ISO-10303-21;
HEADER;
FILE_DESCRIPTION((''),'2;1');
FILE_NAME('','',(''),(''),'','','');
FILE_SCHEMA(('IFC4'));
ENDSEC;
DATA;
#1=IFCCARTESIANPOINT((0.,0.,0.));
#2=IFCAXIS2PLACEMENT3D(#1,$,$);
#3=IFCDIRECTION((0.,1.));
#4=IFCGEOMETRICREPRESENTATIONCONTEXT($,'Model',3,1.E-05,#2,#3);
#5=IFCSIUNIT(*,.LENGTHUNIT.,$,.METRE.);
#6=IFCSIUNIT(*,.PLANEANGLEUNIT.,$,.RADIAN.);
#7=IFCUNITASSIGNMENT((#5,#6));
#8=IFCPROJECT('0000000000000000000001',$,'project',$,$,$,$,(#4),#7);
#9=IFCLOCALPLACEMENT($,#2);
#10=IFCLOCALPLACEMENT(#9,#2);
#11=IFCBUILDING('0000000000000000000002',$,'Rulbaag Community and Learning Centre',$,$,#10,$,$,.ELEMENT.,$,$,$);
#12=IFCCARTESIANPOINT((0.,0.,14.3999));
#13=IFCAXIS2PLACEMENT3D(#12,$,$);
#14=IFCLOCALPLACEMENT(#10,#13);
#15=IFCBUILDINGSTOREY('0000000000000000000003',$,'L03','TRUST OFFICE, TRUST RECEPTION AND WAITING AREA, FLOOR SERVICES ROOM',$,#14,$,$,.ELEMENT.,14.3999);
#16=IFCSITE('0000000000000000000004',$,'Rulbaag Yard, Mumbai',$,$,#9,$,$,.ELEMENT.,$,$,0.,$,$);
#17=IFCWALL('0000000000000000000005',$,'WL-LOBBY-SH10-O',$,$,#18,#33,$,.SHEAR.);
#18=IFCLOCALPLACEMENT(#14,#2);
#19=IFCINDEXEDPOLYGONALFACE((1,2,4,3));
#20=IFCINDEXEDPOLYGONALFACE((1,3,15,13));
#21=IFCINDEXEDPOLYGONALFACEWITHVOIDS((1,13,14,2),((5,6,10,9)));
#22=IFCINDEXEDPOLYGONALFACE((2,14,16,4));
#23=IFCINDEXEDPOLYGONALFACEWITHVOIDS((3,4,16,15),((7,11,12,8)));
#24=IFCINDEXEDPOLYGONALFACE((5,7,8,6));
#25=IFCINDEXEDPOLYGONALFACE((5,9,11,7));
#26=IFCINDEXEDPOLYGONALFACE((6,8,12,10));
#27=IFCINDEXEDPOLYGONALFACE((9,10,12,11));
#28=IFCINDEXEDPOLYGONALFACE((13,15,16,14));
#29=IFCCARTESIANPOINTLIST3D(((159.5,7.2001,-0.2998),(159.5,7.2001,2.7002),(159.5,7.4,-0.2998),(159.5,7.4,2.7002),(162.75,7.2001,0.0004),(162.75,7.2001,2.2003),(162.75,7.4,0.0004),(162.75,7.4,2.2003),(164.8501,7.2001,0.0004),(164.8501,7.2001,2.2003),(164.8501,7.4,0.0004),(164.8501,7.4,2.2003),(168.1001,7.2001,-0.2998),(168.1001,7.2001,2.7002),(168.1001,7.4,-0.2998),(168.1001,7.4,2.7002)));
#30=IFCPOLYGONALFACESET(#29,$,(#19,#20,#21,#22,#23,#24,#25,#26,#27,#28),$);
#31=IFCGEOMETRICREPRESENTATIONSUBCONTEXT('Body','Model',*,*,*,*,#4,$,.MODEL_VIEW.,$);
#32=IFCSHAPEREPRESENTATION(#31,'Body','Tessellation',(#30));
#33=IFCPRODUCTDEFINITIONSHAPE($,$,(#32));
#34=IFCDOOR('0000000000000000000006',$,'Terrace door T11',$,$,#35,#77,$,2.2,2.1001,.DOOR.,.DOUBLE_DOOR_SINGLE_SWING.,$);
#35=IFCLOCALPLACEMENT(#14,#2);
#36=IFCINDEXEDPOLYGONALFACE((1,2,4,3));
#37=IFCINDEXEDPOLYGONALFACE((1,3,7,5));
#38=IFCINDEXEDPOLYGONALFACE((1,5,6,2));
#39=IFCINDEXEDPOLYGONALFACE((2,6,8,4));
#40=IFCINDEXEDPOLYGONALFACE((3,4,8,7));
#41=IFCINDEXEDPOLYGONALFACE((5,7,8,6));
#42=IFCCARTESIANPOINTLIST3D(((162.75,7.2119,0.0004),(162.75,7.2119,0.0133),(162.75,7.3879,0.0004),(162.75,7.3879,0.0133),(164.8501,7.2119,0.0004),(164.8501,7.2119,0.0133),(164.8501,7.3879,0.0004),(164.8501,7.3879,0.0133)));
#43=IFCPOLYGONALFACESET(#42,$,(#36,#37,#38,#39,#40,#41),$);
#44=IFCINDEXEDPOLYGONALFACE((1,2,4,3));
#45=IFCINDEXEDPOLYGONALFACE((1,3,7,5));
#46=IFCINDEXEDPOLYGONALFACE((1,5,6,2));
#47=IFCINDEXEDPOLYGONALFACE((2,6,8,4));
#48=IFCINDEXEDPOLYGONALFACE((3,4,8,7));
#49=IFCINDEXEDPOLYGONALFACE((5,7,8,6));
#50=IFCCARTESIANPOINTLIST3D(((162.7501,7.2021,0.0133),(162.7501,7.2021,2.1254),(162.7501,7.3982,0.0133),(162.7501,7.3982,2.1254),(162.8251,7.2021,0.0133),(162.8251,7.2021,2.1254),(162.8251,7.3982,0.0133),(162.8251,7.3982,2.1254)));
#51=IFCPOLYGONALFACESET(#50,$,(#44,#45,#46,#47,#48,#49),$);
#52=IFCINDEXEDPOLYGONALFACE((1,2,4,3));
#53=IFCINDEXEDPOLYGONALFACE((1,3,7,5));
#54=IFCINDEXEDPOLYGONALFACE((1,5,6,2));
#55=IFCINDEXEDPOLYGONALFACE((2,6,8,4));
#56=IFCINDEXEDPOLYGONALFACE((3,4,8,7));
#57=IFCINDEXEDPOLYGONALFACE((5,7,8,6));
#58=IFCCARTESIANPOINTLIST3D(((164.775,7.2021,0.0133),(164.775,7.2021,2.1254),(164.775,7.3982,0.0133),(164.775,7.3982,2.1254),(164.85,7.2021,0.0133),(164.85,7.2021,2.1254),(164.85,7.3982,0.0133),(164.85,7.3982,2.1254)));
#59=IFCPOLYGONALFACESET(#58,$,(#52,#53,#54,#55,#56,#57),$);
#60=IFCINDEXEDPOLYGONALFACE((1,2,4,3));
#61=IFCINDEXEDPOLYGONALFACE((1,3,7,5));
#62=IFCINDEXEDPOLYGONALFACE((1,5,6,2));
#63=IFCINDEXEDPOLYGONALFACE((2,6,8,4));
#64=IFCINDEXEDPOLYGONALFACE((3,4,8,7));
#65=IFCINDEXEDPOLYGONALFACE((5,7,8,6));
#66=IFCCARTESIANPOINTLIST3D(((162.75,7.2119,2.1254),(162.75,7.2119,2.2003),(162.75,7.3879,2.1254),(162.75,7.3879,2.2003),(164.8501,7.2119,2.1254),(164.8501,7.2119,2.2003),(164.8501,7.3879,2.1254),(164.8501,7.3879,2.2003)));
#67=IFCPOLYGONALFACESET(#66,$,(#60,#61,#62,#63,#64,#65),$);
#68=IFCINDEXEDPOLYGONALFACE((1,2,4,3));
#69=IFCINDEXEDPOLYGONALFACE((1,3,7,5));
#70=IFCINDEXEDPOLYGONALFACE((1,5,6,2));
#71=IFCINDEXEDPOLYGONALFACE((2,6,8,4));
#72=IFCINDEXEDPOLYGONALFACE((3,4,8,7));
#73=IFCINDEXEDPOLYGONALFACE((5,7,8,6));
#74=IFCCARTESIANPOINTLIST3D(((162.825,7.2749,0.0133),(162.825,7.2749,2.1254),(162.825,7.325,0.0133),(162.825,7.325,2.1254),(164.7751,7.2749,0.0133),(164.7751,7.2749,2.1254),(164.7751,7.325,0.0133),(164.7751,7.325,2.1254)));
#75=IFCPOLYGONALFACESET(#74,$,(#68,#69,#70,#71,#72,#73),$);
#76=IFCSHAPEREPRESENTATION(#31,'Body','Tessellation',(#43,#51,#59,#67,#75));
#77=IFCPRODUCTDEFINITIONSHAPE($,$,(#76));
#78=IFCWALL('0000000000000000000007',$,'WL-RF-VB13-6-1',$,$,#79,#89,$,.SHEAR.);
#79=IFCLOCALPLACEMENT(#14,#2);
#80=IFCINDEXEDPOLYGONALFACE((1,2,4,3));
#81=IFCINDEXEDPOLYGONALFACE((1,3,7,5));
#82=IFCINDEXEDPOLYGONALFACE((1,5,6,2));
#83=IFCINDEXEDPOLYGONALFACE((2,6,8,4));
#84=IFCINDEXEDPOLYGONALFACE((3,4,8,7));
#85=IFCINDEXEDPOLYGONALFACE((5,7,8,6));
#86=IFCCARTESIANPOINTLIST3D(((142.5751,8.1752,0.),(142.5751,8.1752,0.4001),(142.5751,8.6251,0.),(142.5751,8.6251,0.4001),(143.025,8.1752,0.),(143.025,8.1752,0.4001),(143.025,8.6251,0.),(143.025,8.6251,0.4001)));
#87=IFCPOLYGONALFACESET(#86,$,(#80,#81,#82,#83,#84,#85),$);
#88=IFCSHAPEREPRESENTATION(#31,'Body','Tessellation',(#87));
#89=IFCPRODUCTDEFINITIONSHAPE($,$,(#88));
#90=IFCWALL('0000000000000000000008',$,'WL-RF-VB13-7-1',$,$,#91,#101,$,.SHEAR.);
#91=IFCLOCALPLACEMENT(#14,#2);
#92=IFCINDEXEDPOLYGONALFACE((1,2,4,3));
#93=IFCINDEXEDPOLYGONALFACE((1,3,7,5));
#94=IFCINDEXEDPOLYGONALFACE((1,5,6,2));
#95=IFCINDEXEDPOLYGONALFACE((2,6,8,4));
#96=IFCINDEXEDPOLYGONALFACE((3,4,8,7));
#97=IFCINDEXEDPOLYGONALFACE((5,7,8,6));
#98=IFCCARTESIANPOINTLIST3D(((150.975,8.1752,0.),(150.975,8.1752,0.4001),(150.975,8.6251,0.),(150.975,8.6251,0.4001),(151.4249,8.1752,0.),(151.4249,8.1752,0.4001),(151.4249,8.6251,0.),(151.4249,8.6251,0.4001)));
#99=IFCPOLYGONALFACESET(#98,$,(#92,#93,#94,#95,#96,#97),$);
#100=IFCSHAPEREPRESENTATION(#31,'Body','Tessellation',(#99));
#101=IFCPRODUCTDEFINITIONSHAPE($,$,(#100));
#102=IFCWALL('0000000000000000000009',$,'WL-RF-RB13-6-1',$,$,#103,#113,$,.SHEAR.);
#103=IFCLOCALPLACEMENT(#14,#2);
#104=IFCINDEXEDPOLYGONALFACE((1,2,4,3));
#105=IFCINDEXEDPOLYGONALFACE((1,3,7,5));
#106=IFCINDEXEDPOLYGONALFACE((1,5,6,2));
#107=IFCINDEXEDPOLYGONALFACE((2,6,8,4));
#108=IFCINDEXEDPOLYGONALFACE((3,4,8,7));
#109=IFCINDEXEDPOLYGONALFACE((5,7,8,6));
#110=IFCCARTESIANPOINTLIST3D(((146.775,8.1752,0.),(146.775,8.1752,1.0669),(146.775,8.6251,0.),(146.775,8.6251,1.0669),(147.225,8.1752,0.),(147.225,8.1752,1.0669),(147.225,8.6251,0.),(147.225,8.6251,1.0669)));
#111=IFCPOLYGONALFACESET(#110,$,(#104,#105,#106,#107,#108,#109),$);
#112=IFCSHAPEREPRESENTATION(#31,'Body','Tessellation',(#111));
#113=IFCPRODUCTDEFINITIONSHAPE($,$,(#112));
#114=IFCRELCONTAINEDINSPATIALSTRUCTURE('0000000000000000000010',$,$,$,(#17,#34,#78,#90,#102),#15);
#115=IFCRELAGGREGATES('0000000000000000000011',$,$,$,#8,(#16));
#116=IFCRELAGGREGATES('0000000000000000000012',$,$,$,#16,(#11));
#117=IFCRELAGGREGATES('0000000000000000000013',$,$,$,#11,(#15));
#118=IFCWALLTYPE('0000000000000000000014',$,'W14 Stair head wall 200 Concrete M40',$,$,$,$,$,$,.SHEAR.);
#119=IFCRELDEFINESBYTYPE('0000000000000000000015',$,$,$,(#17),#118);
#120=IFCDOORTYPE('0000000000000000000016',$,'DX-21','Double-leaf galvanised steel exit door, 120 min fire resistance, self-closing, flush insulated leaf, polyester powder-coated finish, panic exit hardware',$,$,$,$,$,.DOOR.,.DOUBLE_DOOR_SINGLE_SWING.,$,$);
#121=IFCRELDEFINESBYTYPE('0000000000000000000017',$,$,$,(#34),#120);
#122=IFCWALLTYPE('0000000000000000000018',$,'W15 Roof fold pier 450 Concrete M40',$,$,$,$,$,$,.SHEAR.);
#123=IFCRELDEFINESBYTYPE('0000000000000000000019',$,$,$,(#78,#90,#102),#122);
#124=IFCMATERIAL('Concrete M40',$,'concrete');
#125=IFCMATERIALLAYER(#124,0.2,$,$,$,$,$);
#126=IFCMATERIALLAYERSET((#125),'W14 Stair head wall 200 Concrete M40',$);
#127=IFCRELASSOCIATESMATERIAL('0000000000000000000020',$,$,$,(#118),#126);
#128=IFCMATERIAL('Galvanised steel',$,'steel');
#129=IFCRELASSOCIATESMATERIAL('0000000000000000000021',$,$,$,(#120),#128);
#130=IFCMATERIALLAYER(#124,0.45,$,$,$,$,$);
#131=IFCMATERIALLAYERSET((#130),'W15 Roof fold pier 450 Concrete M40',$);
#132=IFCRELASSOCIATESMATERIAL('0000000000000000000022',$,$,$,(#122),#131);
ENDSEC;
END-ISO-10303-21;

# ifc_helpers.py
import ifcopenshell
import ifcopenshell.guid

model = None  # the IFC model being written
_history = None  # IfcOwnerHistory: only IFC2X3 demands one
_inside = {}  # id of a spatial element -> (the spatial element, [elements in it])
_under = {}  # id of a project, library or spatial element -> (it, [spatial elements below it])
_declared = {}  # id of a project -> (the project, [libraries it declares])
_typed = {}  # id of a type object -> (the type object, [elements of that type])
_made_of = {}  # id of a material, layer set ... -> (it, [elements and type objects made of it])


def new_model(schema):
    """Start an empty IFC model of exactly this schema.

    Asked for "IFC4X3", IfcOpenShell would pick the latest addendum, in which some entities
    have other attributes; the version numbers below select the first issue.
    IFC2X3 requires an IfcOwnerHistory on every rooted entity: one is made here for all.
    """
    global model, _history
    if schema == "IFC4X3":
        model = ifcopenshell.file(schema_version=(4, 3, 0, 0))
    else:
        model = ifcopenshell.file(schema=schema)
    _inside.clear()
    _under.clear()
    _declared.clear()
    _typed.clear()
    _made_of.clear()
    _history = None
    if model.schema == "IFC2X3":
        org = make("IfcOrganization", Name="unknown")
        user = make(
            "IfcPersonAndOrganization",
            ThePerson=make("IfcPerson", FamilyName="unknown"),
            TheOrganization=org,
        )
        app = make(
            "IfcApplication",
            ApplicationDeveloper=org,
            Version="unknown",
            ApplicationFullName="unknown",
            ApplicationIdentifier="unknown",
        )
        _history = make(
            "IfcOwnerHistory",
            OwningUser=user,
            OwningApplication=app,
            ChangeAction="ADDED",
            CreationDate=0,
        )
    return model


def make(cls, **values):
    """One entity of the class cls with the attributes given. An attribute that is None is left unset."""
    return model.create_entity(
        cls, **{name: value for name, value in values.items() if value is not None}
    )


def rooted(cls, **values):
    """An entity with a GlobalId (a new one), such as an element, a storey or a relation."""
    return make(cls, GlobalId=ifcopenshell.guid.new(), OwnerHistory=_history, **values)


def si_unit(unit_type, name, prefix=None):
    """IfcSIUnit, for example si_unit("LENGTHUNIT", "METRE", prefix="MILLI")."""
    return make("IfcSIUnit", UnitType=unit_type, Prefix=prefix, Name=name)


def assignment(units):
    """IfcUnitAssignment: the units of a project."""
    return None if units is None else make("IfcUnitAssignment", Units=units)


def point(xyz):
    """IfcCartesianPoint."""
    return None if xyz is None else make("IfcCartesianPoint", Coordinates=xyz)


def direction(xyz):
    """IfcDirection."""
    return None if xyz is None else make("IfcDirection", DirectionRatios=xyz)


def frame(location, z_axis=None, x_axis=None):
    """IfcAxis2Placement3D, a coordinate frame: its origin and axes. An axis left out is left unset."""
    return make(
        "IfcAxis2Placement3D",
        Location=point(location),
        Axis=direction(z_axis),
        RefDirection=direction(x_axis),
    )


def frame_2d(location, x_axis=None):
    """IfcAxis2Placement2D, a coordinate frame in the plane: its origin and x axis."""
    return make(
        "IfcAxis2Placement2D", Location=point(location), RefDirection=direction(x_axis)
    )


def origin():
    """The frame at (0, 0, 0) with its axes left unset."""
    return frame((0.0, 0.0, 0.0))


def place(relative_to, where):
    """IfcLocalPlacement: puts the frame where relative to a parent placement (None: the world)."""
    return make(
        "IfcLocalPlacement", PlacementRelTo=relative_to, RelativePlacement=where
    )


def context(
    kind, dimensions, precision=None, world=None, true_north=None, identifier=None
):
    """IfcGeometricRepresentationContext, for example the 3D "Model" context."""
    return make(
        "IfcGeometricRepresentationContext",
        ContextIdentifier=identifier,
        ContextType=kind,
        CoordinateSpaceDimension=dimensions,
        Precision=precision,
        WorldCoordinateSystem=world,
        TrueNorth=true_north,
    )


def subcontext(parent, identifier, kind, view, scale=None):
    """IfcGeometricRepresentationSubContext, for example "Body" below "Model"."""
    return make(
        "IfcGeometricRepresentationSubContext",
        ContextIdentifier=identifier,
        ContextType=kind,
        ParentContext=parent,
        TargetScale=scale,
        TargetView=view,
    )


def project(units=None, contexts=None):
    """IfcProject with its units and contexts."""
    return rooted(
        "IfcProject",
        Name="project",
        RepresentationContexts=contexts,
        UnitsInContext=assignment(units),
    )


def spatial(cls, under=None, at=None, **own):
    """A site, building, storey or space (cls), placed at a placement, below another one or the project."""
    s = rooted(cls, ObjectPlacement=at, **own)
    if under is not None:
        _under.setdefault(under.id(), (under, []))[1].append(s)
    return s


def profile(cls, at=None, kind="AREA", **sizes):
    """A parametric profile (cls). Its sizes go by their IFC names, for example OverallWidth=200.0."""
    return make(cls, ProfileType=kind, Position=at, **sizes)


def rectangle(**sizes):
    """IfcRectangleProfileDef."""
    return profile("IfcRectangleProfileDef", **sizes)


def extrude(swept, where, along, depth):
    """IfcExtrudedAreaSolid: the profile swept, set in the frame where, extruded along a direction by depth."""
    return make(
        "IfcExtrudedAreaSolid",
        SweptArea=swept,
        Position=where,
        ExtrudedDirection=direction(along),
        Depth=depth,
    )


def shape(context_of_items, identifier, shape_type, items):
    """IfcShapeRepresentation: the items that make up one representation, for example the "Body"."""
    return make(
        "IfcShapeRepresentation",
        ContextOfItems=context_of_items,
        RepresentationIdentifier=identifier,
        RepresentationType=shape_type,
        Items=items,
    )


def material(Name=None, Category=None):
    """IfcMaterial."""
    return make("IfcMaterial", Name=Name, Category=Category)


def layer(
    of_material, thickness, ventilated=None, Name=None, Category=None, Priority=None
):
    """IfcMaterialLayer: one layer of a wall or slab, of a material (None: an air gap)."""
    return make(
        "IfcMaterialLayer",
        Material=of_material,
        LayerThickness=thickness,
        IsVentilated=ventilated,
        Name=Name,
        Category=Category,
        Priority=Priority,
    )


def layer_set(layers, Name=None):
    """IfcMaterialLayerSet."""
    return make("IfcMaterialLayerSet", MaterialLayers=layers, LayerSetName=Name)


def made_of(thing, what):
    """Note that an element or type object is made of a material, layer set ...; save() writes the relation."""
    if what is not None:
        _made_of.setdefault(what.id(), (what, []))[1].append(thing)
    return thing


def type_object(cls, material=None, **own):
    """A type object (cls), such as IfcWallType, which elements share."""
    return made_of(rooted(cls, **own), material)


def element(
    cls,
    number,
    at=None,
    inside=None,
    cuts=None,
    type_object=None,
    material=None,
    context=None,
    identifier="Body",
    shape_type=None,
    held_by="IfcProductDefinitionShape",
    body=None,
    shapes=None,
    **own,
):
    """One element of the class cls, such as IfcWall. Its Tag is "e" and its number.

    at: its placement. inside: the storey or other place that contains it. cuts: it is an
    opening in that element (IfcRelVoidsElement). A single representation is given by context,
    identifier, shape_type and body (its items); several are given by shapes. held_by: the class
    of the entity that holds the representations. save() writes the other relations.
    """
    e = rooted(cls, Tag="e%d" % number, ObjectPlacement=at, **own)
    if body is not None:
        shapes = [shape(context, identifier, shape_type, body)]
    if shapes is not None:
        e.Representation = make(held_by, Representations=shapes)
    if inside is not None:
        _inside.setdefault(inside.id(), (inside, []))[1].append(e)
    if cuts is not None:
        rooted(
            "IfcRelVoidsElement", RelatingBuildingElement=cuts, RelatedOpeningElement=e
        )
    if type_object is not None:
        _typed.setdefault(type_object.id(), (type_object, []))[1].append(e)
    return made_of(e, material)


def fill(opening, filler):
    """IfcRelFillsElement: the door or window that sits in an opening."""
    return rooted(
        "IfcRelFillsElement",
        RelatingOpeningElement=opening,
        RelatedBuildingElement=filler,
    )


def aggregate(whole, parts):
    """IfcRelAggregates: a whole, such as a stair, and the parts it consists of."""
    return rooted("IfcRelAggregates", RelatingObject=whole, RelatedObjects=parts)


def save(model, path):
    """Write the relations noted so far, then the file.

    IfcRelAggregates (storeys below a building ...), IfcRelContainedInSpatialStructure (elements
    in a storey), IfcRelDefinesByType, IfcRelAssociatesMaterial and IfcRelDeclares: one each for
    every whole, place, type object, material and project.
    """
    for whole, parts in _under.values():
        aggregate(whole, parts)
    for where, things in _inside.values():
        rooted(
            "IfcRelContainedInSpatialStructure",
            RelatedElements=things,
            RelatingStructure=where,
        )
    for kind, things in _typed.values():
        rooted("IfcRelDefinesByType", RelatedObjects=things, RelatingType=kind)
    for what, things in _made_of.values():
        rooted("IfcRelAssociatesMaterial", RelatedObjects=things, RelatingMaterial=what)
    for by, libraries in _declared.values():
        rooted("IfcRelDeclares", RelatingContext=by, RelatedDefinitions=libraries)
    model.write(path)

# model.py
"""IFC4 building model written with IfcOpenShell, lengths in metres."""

from ifc_helpers import new_model, si_unit, direction, frame, frame_2d, origin, place, context, subcontext, project, spatial, rectangle, extrude, material, layer, layer_set, type_object, element, fill, save


model = new_model("IFC4")

# Units and contexts
model_context = context("Model", 3, precision=1e-05, world=origin(), true_north=direction((0.0, 1.0)))
body_context = subcontext(model_context, "Body", "Model", "MODEL_VIEW")
ifc_project = project(units=[si_unit("LENGTHUNIT", "METRE"), si_unit("PLANEANGLEUNIT", "RADIAN")], contexts=[model_context])

# Site, building, storey
site_placement = place(None, origin())
site = spatial("IfcSite", under=ifc_project, at=site_placement, Name="Rulbaag Yard, Mumbai", CompositionType="ELEMENT", RefElevation=0.0)
building_placement = place(site_placement, origin())
building = spatial("IfcBuilding", under=site, at=building_placement, Name="Rulbaag Community and Learning Centre", CompositionType="ELEMENT")
storey_placement = place(building_placement, frame((0.0, 0.0, 14.3999)))
storey = spatial("IfcBuildingStorey", under=building, at=storey_placement, Name="L03", Description="TRUST OFFICE, TRUST RECEPTION AND WAITING AREA, FLOOR SERVICES ROOM", CompositionType="ELEMENT", Elevation=14.3999)

# Shared definitions
ifc_material_1 = material(Name="Concrete M40", Category="concrete")

# Shared definitions
ifc_layer_1 = layer(ifc_material_1, 0.2)
ifc_layer_set_1 = layer_set([ifc_layer_1], Name="W14 Stair head wall 200 Concrete M40")
wall_type_1 = type_object("IfcWallType", Name="W14 Stair head wall 200 Concrete M40", PredefinedType="SHEAR", material=ifc_layer_set_1)
ifc_material_2 = material(Name="Galvanised steel", Category="steel")

# Wall, opening, door
wall_1_placement = place(storey_placement, frame((159.5, 7.3, -0.2998), z_axis=(0.0, 0.0, 1.0), x_axis=(1.0, 0.0, 0.0)))
wall_1 = element("IfcWall", 1, at=wall_1_placement, inside=storey, type_object=wall_type_1, Name="WL-LOBBY-SH10-O", PredefinedType="SHEAR", context=body_context, shape_type="SweptSolid", body=[
    extrude(rectangle(XDim=8.6001, YDim=0.2, at=frame_2d((4.3, 0.0))), origin(), (0.0, 0.0, 1.0), 3.0),
])
opening_1_placement = place(wall_1_placement, frame((3.25, 0.0, 0.3)))
opening_1 = element("IfcOpeningElement", 2, at=opening_1_placement, cuts=wall_1, PredefinedType="OPENING", context=body_context, shape_type="SweptSolid", body=[
    extrude(rectangle(XDim=2.1001, YDim=2.2, at=frame_2d((1.05, 1.1001))), frame((0.0, 0.1099, 0.0), z_axis=(0.0, -1.0, 0.0), x_axis=(1.0, 0.0, 0.0)), (0.0, 0.0, 1.0), 0.22),
])
door_type_1 = type_object("IfcDoorType", Name="DX-21", Description="Double-leaf galvanised steel exit door, 120 min fire resistance, self-closing, flush insulated leaf, polyester powder-coated finish, panic exit hardware", OperationType="DOUBLE_DOOR_SINGLE_SWING", PredefinedType="DOOR", material=ifc_material_2)
door_1_placement = place(opening_1_placement, origin())
door_1 = element("IfcDoor", 3, at=door_1_placement, inside=storey, type_object=door_type_1, Name="Terrace door T11", OperationType="DOUBLE_DOOR_SINGLE_SWING", OverallHeight=2.2, OverallWidth=2.1001, PredefinedType="DOOR", context=body_context, shape_type="SweptSolid", body=[
    extrude(rectangle(XDim=2.1001, YDim=0.0129, at=frame_2d((1.05, 0.0066))), frame((0.0, 0.0879, 0.0), z_axis=(0.0, -1.0, 0.0), x_axis=(1.0, 0.0, 0.0)), (0.0, 0.0, 1.0), 0.176),
    extrude(rectangle(XDim=0.075, YDim=2.1121, at=frame_2d((0.0376, 1.0691))), frame((0.0, 0.0981, 0.0), z_axis=(0.0, -1.0, 0.0), x_axis=(1.0, 0.0, 0.0)), (0.0, 0.0, 1.0), 0.196),
    extrude(rectangle(XDim=0.075, YDim=2.1121, at=frame_2d((2.0625, 1.0691))), frame((0.0, 0.0981, 0.0), z_axis=(0.0, -1.0, 0.0), x_axis=(1.0, 0.0, 0.0)), (0.0, 0.0, 1.0), 0.196),
    extrude(rectangle(XDim=2.1001, YDim=0.075, at=frame_2d((1.05, 2.1626))), frame((0.0, 0.0879, 0.0), z_axis=(0.0, -1.0, 0.0), x_axis=(1.0, 0.0, 0.0)), (0.0, 0.0, 1.0), 0.176),
    extrude(rectangle(XDim=1.9502, YDim=2.1121, at=frame_2d((1.05, 1.0691))), frame((0.0, 0.0249, 0.0), z_axis=(0.0, -1.0, 0.0), x_axis=(1.0, 0.0, 0.0)), (0.0, 0.0, 1.0), 0.05),
])
fill(opening_1, door_1)

# Walls
ifc_layer_2 = layer(ifc_material_1, 0.45)
ifc_layer_set_2 = layer_set([ifc_layer_2], Name="W15 Roof fold pier 450 Concrete M40")
wall_type_2 = type_object("IfcWallType", Name="W15 Roof fold pier 450 Concrete M40", PredefinedType="SHEAR", material=ifc_layer_set_2)
for number, where, z_axis, x_axis, name in (
    (4, (142.8, 8.175, 0.0), (0.0, 0.0, 1.0), (0.0, 1.0, 0.0), "WL-RF-VB13-6-1"),
    (5, (151.2, 8.175, 0.0), (0.0, 0.0, 1.0), (0.0, 1.0, 0.0), "WL-RF-VB13-7-1"),
):
    element("IfcWall", number, at=place(storey_placement, frame(where, z_axis=z_axis, x_axis=x_axis)), inside=storey, type_object=wall_type_2, Name=name, PredefinedType="SHEAR", context=body_context, shape_type="SweptSolid", body=[
        extrude(rectangle(XDim=0.45, YDim=0.45, at=frame_2d((0.2251, 0.0))), origin(), (0.0, 0.0, 1.0), 0.4001),
    ])
wall_2_placement = place(storey_placement, frame((147.0, 8.175, 0.0), z_axis=(0.0, 0.0, 1.0), x_axis=(0.0, 1.0, 0.0)))
element("IfcWall", 6, at=wall_2_placement, inside=storey, type_object=wall_type_2, Name="WL-RF-RB13-6-1", PredefinedType="SHEAR", context=body_context, shape_type="SweptSolid", body=[
    extrude(rectangle(XDim=0.45, YDim=0.45, at=frame_2d((0.2251, 0.0))), origin(), (0.0, 0.0, 1.0), 1.0669),
])

save(model, "model.ifc")
